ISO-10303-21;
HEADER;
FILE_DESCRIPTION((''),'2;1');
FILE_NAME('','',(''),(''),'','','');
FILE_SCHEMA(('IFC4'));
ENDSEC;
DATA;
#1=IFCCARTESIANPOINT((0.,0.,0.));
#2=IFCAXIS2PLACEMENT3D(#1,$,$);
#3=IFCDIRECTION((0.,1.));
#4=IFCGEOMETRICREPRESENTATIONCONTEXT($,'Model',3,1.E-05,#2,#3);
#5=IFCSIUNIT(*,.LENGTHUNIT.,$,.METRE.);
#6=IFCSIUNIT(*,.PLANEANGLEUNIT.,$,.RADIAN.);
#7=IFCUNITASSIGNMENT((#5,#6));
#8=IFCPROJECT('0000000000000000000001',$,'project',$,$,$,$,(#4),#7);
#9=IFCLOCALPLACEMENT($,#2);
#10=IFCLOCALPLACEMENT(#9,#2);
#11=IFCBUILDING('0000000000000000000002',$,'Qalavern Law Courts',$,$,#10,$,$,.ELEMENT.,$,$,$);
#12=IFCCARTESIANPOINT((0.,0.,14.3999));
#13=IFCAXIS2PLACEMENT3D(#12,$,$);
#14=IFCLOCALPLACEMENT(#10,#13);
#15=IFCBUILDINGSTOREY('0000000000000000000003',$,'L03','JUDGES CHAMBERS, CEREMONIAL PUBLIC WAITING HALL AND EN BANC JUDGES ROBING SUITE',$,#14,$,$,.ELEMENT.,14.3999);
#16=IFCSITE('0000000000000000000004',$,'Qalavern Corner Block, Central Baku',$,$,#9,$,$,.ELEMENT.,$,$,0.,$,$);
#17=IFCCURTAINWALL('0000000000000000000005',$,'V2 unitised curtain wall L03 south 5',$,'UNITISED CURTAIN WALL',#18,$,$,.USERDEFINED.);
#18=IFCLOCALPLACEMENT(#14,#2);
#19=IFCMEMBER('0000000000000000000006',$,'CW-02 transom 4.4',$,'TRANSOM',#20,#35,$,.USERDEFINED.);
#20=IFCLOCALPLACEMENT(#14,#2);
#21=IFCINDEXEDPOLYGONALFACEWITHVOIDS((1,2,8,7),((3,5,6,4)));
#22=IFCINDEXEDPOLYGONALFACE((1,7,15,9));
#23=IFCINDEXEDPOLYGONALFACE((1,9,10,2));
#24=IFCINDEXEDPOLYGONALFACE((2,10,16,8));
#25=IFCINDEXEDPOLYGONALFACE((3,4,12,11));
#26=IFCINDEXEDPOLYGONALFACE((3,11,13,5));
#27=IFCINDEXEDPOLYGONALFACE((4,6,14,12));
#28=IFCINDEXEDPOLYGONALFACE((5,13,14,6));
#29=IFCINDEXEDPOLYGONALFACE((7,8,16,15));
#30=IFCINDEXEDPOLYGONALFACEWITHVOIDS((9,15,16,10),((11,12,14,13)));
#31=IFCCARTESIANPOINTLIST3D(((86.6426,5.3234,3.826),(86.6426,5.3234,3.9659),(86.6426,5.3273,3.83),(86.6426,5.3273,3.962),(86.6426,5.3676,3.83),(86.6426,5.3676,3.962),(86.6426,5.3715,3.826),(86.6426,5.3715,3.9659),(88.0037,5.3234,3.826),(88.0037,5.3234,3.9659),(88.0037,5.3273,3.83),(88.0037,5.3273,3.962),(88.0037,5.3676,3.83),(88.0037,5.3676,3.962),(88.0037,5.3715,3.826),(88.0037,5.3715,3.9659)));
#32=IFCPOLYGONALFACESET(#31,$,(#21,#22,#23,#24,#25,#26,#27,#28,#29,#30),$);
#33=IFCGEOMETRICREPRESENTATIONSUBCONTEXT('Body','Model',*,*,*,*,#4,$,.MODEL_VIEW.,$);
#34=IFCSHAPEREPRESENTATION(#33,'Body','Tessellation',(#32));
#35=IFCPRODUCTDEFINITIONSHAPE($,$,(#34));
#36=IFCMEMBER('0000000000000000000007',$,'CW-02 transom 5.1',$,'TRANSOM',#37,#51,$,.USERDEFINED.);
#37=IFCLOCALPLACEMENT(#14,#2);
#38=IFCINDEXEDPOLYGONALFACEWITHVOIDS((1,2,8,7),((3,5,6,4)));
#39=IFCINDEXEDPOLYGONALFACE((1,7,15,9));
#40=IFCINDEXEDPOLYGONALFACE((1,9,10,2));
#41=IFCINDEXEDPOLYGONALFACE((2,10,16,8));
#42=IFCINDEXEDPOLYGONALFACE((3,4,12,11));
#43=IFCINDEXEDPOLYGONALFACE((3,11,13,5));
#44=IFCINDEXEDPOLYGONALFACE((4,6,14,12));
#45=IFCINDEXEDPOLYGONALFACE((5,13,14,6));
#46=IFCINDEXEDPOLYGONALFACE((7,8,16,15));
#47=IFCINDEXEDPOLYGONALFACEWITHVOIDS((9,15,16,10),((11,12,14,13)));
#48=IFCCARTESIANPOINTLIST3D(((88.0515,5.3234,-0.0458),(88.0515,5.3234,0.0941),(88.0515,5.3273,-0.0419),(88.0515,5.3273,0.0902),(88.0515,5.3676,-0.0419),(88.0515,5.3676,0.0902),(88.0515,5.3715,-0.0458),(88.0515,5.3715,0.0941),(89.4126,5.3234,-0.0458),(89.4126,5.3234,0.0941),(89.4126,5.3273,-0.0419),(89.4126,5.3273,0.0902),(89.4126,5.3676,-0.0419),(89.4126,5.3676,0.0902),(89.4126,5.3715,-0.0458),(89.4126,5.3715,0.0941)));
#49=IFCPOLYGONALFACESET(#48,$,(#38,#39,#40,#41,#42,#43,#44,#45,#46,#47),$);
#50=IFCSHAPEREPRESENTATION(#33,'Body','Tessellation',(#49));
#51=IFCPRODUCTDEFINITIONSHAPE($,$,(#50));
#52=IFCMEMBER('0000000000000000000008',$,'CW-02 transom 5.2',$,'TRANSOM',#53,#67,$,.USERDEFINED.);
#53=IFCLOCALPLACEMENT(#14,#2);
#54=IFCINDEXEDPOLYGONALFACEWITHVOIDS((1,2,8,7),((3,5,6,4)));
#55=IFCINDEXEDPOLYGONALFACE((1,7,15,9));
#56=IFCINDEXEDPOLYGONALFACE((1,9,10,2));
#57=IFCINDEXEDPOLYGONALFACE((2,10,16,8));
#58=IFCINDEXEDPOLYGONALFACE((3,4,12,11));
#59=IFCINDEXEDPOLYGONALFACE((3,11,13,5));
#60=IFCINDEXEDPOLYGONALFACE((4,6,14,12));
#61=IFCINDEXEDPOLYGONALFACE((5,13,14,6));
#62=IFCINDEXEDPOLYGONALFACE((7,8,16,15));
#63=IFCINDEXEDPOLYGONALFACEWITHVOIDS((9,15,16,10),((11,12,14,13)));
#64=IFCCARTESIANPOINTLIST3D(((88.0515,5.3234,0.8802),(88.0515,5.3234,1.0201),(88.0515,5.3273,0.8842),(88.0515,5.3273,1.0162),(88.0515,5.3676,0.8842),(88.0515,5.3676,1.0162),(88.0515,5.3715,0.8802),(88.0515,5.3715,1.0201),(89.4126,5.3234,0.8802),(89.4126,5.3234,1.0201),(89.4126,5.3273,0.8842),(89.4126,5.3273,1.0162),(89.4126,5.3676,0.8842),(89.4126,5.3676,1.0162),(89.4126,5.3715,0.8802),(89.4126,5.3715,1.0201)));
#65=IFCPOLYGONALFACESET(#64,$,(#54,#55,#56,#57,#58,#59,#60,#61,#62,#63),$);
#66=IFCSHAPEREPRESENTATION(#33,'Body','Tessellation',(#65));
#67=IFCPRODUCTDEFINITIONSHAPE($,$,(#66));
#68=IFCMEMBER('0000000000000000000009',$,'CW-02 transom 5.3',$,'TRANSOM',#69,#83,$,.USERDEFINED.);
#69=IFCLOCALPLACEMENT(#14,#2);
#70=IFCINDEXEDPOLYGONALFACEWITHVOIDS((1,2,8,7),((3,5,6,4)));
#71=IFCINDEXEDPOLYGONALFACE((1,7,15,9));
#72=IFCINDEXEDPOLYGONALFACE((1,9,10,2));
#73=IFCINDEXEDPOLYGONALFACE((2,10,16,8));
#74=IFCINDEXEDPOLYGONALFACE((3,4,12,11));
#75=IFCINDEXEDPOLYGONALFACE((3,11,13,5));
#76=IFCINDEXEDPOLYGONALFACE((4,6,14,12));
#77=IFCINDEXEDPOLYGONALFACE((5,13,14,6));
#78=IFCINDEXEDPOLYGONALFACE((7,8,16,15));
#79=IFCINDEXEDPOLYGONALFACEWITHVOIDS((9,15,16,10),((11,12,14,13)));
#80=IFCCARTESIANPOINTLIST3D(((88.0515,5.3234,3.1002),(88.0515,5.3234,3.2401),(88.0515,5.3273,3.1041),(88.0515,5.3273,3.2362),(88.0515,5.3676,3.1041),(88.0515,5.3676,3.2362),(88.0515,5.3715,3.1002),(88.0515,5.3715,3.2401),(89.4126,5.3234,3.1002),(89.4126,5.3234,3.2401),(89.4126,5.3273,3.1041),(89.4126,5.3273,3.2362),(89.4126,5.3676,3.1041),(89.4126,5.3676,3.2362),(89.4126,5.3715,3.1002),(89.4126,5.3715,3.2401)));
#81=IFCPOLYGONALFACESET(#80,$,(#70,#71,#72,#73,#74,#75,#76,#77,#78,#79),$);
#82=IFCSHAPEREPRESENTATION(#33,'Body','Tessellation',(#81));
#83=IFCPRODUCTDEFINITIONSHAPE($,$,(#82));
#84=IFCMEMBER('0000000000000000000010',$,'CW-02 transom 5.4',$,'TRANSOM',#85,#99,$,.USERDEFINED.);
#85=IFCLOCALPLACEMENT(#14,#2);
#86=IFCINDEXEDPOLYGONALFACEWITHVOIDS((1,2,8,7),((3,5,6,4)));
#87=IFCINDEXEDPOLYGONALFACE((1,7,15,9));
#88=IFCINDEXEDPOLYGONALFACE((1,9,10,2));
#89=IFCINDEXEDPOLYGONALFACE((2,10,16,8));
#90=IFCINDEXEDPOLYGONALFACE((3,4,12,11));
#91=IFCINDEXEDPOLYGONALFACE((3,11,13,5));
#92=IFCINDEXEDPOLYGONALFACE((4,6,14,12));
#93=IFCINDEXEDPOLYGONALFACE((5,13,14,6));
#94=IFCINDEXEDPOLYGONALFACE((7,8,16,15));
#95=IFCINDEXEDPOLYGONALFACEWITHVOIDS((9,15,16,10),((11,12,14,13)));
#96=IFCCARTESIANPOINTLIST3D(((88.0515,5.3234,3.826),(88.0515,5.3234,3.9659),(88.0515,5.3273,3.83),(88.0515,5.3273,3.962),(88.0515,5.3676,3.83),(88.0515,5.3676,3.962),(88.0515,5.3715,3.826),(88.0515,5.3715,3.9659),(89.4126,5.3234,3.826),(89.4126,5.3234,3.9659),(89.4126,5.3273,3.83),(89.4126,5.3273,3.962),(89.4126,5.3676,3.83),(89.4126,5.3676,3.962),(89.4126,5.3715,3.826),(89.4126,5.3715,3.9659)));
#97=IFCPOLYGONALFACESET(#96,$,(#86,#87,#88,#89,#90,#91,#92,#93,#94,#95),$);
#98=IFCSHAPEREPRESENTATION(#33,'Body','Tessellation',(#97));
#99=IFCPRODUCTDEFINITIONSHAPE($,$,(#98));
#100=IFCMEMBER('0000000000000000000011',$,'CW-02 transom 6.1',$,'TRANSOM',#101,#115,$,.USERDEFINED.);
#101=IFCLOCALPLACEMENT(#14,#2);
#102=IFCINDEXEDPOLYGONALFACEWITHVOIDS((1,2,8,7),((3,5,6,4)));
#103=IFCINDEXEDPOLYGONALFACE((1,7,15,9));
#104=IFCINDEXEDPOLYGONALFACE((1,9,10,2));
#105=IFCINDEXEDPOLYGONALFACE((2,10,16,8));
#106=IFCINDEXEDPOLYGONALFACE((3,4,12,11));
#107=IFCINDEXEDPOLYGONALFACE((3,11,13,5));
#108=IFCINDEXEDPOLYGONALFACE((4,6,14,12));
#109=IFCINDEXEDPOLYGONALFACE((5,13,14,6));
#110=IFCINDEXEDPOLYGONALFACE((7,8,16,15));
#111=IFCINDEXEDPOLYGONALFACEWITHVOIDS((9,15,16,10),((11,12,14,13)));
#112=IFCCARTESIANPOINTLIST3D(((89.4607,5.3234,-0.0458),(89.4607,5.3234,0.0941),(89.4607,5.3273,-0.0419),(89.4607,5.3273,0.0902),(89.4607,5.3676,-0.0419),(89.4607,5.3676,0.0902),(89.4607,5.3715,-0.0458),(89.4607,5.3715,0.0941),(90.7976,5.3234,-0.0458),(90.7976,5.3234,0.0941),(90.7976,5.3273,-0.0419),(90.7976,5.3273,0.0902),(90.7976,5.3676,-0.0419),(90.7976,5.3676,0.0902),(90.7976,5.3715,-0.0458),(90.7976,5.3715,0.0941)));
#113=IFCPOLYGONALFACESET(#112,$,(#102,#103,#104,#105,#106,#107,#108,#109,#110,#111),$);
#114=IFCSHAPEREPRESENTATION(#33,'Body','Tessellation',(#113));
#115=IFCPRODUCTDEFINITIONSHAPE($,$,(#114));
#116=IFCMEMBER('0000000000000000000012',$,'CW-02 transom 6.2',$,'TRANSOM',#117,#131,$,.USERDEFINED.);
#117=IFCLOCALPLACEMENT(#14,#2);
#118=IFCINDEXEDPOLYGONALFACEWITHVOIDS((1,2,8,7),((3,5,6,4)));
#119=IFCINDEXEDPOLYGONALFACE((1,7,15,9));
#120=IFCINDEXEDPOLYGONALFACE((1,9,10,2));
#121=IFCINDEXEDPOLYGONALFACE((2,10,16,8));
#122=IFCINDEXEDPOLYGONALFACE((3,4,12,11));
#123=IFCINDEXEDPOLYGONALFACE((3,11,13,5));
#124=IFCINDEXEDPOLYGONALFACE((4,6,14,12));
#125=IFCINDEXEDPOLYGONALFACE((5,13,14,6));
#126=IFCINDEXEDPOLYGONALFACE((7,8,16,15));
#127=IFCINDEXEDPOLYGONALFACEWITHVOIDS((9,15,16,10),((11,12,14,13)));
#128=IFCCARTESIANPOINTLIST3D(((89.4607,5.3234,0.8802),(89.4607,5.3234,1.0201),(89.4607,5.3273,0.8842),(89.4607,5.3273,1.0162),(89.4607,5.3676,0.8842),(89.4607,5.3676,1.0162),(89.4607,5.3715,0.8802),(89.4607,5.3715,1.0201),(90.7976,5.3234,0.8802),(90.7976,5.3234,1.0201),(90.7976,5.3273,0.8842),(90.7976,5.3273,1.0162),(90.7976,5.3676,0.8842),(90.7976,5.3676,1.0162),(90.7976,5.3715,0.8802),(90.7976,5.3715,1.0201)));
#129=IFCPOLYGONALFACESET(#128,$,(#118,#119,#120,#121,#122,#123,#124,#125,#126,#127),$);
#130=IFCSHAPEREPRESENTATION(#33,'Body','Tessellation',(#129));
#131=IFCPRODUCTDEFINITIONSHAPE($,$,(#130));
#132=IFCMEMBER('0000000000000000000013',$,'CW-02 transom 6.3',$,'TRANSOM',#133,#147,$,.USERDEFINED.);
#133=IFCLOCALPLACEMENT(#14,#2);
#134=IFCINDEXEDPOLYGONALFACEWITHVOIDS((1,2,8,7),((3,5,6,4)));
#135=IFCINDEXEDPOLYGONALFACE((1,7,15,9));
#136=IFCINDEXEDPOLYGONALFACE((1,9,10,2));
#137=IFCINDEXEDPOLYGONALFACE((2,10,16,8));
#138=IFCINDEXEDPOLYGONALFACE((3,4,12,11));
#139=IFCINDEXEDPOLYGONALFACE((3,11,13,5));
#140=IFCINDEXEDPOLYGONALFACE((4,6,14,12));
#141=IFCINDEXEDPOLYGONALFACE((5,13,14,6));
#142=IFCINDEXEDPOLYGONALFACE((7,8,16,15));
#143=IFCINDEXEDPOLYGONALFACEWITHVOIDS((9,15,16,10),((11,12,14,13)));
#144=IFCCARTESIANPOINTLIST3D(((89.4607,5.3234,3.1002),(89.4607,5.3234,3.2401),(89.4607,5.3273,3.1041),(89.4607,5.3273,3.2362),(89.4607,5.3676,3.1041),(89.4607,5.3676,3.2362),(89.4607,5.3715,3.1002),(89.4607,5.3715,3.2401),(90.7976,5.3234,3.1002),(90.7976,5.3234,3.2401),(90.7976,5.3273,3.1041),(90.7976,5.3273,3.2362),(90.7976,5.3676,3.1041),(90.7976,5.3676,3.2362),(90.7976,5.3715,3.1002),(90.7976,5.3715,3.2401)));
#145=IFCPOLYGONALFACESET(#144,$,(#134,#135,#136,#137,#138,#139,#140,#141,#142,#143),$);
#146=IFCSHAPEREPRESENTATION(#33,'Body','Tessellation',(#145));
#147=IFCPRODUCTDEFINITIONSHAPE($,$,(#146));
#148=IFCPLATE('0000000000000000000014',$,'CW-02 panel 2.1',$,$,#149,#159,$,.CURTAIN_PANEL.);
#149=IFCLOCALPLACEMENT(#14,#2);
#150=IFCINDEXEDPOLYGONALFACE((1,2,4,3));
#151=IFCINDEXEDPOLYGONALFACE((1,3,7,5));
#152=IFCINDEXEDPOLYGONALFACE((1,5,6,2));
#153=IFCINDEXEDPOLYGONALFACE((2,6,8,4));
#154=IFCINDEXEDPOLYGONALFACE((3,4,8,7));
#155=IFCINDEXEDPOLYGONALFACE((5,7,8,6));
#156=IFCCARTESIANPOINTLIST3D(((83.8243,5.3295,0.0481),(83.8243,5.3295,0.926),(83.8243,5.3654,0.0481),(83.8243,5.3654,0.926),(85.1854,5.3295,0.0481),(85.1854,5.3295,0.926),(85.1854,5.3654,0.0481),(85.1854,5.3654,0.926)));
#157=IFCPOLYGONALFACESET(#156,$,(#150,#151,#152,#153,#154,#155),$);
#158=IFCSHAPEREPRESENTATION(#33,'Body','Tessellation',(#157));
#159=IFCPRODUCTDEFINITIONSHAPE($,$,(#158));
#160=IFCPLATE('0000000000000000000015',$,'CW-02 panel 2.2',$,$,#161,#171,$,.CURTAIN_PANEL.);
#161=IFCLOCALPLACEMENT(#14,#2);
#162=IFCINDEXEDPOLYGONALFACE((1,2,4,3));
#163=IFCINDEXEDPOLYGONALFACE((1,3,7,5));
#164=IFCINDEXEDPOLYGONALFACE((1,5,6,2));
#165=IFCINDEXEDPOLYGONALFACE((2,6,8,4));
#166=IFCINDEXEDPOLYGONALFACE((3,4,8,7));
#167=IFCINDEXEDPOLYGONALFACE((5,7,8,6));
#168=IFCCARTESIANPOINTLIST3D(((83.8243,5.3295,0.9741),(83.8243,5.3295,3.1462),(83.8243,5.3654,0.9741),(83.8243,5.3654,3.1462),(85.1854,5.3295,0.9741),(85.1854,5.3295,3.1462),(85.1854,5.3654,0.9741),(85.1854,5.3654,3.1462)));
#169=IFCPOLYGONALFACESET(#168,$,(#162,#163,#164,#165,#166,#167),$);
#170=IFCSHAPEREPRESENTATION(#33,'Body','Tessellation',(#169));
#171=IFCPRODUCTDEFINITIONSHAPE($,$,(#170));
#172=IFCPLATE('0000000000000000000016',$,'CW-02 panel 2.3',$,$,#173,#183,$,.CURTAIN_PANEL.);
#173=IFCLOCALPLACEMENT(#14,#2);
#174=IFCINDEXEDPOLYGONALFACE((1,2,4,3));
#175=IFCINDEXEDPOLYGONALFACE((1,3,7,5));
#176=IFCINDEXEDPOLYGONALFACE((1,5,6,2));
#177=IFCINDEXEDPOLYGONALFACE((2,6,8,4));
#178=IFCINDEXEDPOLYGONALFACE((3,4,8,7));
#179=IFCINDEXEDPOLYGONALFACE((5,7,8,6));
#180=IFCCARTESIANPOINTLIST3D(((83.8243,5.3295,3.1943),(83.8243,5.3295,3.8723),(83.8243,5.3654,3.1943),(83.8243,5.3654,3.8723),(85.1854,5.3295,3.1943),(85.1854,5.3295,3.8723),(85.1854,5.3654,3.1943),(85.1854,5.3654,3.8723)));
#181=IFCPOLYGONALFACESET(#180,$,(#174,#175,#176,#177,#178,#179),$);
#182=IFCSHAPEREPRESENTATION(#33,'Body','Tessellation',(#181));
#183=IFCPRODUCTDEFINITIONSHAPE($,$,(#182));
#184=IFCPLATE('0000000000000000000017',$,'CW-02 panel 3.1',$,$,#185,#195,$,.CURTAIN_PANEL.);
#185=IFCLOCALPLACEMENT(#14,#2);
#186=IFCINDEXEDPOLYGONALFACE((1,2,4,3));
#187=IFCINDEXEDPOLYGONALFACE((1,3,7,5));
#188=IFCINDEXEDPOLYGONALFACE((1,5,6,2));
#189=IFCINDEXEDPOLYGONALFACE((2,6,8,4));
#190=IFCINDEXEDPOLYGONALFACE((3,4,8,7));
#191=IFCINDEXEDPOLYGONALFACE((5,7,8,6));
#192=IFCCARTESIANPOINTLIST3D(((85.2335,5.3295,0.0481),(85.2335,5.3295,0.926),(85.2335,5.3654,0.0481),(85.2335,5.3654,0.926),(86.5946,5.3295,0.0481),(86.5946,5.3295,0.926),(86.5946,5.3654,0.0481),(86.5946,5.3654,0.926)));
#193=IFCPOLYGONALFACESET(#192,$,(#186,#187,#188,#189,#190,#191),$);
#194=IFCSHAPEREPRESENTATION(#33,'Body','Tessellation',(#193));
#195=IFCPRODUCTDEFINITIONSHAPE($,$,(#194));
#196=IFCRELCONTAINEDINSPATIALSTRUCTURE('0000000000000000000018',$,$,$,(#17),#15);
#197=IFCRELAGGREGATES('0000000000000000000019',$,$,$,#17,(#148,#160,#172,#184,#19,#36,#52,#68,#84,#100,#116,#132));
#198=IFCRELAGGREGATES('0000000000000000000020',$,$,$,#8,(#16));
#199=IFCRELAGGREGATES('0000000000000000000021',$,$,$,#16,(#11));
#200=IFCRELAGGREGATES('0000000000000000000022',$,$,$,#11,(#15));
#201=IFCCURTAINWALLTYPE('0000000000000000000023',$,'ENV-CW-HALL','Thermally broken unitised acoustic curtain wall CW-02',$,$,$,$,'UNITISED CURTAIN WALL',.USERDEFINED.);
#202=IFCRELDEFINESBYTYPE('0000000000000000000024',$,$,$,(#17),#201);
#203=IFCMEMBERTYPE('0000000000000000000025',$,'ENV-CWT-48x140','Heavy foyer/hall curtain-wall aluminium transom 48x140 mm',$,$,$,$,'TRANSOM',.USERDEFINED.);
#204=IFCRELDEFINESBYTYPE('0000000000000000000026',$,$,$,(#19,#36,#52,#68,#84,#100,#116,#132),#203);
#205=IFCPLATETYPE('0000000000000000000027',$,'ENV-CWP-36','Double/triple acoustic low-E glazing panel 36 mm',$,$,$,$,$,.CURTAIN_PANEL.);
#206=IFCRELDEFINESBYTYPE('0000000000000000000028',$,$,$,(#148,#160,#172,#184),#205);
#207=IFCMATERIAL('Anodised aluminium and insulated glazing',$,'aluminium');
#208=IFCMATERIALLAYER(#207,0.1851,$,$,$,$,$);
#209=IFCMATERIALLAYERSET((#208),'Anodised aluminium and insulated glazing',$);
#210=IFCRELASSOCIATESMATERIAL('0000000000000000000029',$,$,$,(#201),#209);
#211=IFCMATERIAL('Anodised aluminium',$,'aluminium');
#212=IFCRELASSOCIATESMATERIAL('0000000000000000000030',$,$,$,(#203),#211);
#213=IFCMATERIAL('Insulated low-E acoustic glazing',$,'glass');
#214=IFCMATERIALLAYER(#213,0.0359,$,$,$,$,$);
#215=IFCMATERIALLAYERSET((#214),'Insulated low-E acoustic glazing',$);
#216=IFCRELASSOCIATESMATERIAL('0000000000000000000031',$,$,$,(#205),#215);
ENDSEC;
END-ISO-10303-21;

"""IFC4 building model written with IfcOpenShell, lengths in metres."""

from ifc_helpers import new_model, si_unit, direction, frame, origin, origin_2d, place, context, subcontext, project, spatial, rectangle, hollow_rectangle, extrude, material, layer, layer_set, material_profile, profile_set, type_object, element, aggregate, save


model = new_model("IFC4")

# Units and contexts
model_context = context("Model", 3, precision=1e-05, world=origin(), true_north=direction((0.0, 1.0)))
body_context = subcontext(model_context, "Body", "Model", "MODEL_VIEW")
ifc_project = project(units=[si_unit("LENGTHUNIT", "METRE"), si_unit("PLANEANGLEUNIT", "RADIAN")], contexts=[model_context])

# Site, building, storey
site_placement = place(None, origin())
site = spatial("IfcSite", under=ifc_project, at=site_placement, Name="Qalavern Corner Block, Central Baku", CompositionType="ELEMENT", RefElevation=0.0)
building_placement = place(site_placement, origin())
building = spatial("IfcBuilding", under=site, at=building_placement, Name="Qalavern Law Courts", CompositionType="ELEMENT")
storey_placement = place(building_placement, frame((0.0, 0.0, 14.3999)))
storey = spatial("IfcBuildingStorey", under=building, at=storey_placement, Name="L03", Description="JUDGES CHAMBERS, CEREMONIAL PUBLIC WAITING HALL AND EN BANC JUDGES ROBING SUITE", CompositionType="ELEMENT", Elevation=14.3999)

# Curtain wall, members, plates
ifc_material_1 = material(Name="Anodised aluminium and insulated glazing", Category="aluminium")
ifc_layer_1 = layer(ifc_material_1, 0.1851)
ifc_layer_set_1 = layer_set([ifc_layer_1], Name="Anodised aluminium and insulated glazing")
curtain_wall_type = type_object("IfcCurtainWallType", Name="ENV-CW-HALL", Description="Thermally broken unitised acoustic curtain wall CW-02", ElementType="UNITISED CURTAIN WALL", PredefinedType="USERDEFINED", material=ifc_layer_set_1)
curtain_wall_placement = place(storey_placement, origin())
curtain_wall = element("IfcCurtainWall", 1, at=curtain_wall_placement, inside=storey, type_object=curtain_wall_type, Name="V2 unitised curtain wall L03 south 5", ObjectType="UNITISED CURTAIN WALL", PredefinedType="USERDEFINED")
ifc_material_2 = material(Name="Anodised aluminium", Category="aluminium")
ifc_material_profile_1 = material_profile(ifc_material_2, hollow_rectangle(XDim=0.0481, YDim=0.1399, WallThickness=0.0039, at=origin_2d()), Name="ALU TRANSOM 48x140")
ifc_profile_set_1 = profile_set([ifc_material_profile_1], Name="Anodised aluminium")
member_type_1 = type_object("IfcMemberType", Name="ENV-CWT-48x140", Description="Heavy foyer/hall curtain-wall aluminium transom 48x140 mm", ElementType="TRANSOM", PredefinedType="USERDEFINED", material=ifc_profile_set_1)
member_1_placement = place(storey_placement, frame((86.6426, 5.3474, 3.896), z_axis=(1.0, 0.0, 0.0), x_axis=(0.0, 1.0, 0.0)))
member_1 = element("IfcMember", 2, at=member_1_placement, type_object=member_type_1, Name="CW-02 transom 4.4", ObjectType="TRANSOM", PredefinedType="USERDEFINED", context=body_context, shape_type="SweptSolid", body=[
    extrude(hollow_rectangle(XDim=0.0481, YDim=0.1399, WallThickness=0.0039, at=origin_2d()), origin(), (0.0, 0.0, 1.0), 1.3611),
])
member_2_placement = place(storey_placement, frame((88.0515, 5.3474, 0.0242), z_axis=(1.0, 0.0, 0.0), x_axis=(0.0, 1.0, 0.0)))
member_2 = element("IfcMember", 3, at=member_2_placement, type_object=member_type_1, Name="CW-02 transom 5.1", ObjectType="TRANSOM", PredefinedType="USERDEFINED", context=body_context, shape_type="SweptSolid", body=[
    extrude(hollow_rectangle(XDim=0.0481, YDim=0.1399, WallThickness=0.0039, at=origin_2d()), origin(), (0.0, 0.0, 1.0), 1.3611),
])
member_3_placement = place(storey_placement, frame((88.0515, 5.3474, 0.9502), z_axis=(1.0, 0.0, 0.0), x_axis=(0.0, 1.0, 0.0)))
member_3 = element("IfcMember", 4, at=member_3_placement, type_object=member_type_1, Name="CW-02 transom 5.2", ObjectType="TRANSOM", PredefinedType="USERDEFINED", context=body_context, shape_type="SweptSolid", body=[
    extrude(hollow_rectangle(XDim=0.0481, YDim=0.1399, WallThickness=0.0039, at=origin_2d()), origin(), (0.0, 0.0, 1.0), 1.3611),
])
member_4_placement = place(storey_placement, frame((88.0515, 5.3474, 3.1702), z_axis=(1.0, 0.0, 0.0), x_axis=(0.0, 1.0, 0.0)))
member_4 = element("IfcMember", 5, at=member_4_placement, type_object=member_type_1, Name="CW-02 transom 5.3", ObjectType="TRANSOM", PredefinedType="USERDEFINED", context=body_context, shape_type="SweptSolid", body=[
    extrude(hollow_rectangle(XDim=0.0481, YDim=0.1399, WallThickness=0.0039, at=origin_2d()), origin(), (0.0, 0.0, 1.0), 1.3611),
])
member_5_placement = place(storey_placement, frame((88.0515, 5.3474, 3.896), z_axis=(1.0, 0.0, 0.0), x_axis=(0.0, 1.0, 0.0)))
member_5 = element("IfcMember", 6, at=member_5_placement, type_object=member_type_1, Name="CW-02 transom 5.4", ObjectType="TRANSOM", PredefinedType="USERDEFINED", context=body_context, shape_type="SweptSolid", body=[
    extrude(hollow_rectangle(XDim=0.0481, YDim=0.1399, WallThickness=0.0039, at=origin_2d()), origin(), (0.0, 0.0, 1.0), 1.3611),
])
member_6_placement = place(storey_placement, frame((89.4607, 5.3474, 0.0242), z_axis=(1.0, 0.0, 0.0), x_axis=(0.0, 1.0, 0.0)))
member_6 = element("IfcMember", 7, at=member_6_placement, type_object=member_type_1, Name="CW-02 transom 6.1", ObjectType="TRANSOM", PredefinedType="USERDEFINED", context=body_context, shape_type="SweptSolid", body=[
    extrude(hollow_rectangle(XDim=0.0481, YDim=0.1399, WallThickness=0.0039, at=origin_2d()), origin(), (0.0, 0.0, 1.0), 1.3369),
])
member_7_placement = place(storey_placement, frame((89.4607, 5.3474, 0.9502), z_axis=(1.0, 0.0, 0.0), x_axis=(0.0, 1.0, 0.0)))
member_7 = element("IfcMember", 8, at=member_7_placement, type_object=member_type_1, Name="CW-02 transom 6.2", ObjectType="TRANSOM", PredefinedType="USERDEFINED", context=body_context, shape_type="SweptSolid", body=[
    extrude(hollow_rectangle(XDim=0.0481, YDim=0.1399, WallThickness=0.0039, at=origin_2d()), origin(), (0.0, 0.0, 1.0), 1.3369),
])
member_8_placement = place(storey_placement, frame((89.4607, 5.3474, 3.1702), z_axis=(1.0, 0.0, 0.0), x_axis=(0.0, 1.0, 0.0)))
member_8 = element("IfcMember", 9, at=member_8_placement, type_object=member_type_1, Name="CW-02 transom 6.3", ObjectType="TRANSOM", PredefinedType="USERDEFINED", context=body_context, shape_type="SweptSolid", body=[
    extrude(hollow_rectangle(XDim=0.0481, YDim=0.1399, WallThickness=0.0039, at=origin_2d()), origin(), (0.0, 0.0, 1.0), 1.3369),
])
ifc_material_3 = material(Name="Insulated low-E acoustic glazing", Category="glass")
ifc_layer_2 = layer(ifc_material_3, 0.0359)
ifc_layer_set_2 = layer_set([ifc_layer_2], Name="Insulated low-E acoustic glazing")
plate_type = type_object("IfcPlateType", Name="ENV-CWP-36", Description="Double/triple acoustic low-E glazing panel 36 mm", PredefinedType="CURTAIN_PANEL", material=ifc_layer_set_2)
plate_1_placement = place(storey_placement, frame((84.5049, 5.3474, 0.0481), z_axis=(0.0, 0.0, 1.0), x_axis=(1.0, 0.0, 0.0)))
plate_1 = element("IfcPlate", 10, at=plate_1_placement, type_object=plate_type, Name="CW-02 panel 2.1", PredefinedType="CURTAIN_PANEL", context=body_context, shape_type="SweptSolid", body=[
    extrude(rectangle(XDim=1.3611, YDim=0.0359, at=origin_2d()), origin(), (0.0, 0.0, 1.0), 0.8779),
])
plate_2_placement = place(storey_placement, frame((84.5049, 5.3474, 0.9741), z_axis=(0.0, 0.0, 1.0), x_axis=(1.0, 0.0, 0.0)))
plate_2 = element("IfcPlate", 11, at=plate_2_placement, type_object=plate_type, Name="CW-02 panel 2.2", PredefinedType="CURTAIN_PANEL", context=body_context, shape_type="SweptSolid", body=[
    extrude(rectangle(XDim=1.3611, YDim=0.0359, at=origin_2d()), origin(), (0.0, 0.0, 1.0), 2.1721),
])
plate_3_placement = place(storey_placement, frame((84.5049, 5.3474, 3.1943), z_axis=(0.0, 0.0, 1.0), x_axis=(1.0, 0.0, 0.0)))
plate_3 = element("IfcPlate", 12, at=plate_3_placement, type_object=plate_type, Name="CW-02 panel 2.3", PredefinedType="CURTAIN_PANEL", context=body_context, shape_type="SweptSolid", body=[
    extrude(rectangle(XDim=1.3611, YDim=0.0359, at=origin_2d()), origin(), (0.0, 0.0, 1.0), 0.678),
])
plate_4_placement = place(storey_placement, frame((85.9141, 5.3474, 0.0481), z_axis=(0.0, 0.0, 1.0), x_axis=(1.0, 0.0, 0.0)))
plate_4 = element("IfcPlate", 13, at=plate_4_placement, type_object=plate_type, Name="CW-02 panel 3.1", PredefinedType="CURTAIN_PANEL", context=body_context, shape_type="SweptSolid", body=[
    extrude(rectangle(XDim=1.3611, YDim=0.0359, at=origin_2d()), origin(), (0.0, 0.0, 1.0), 0.8779),
])
aggregate(curtain_wall, [plate_1, plate_2, plate_3, plate_4, member_1, member_2, member_3, member_4, member_5, member_6, member_7, member_8])

save(model, "model.ifc")
